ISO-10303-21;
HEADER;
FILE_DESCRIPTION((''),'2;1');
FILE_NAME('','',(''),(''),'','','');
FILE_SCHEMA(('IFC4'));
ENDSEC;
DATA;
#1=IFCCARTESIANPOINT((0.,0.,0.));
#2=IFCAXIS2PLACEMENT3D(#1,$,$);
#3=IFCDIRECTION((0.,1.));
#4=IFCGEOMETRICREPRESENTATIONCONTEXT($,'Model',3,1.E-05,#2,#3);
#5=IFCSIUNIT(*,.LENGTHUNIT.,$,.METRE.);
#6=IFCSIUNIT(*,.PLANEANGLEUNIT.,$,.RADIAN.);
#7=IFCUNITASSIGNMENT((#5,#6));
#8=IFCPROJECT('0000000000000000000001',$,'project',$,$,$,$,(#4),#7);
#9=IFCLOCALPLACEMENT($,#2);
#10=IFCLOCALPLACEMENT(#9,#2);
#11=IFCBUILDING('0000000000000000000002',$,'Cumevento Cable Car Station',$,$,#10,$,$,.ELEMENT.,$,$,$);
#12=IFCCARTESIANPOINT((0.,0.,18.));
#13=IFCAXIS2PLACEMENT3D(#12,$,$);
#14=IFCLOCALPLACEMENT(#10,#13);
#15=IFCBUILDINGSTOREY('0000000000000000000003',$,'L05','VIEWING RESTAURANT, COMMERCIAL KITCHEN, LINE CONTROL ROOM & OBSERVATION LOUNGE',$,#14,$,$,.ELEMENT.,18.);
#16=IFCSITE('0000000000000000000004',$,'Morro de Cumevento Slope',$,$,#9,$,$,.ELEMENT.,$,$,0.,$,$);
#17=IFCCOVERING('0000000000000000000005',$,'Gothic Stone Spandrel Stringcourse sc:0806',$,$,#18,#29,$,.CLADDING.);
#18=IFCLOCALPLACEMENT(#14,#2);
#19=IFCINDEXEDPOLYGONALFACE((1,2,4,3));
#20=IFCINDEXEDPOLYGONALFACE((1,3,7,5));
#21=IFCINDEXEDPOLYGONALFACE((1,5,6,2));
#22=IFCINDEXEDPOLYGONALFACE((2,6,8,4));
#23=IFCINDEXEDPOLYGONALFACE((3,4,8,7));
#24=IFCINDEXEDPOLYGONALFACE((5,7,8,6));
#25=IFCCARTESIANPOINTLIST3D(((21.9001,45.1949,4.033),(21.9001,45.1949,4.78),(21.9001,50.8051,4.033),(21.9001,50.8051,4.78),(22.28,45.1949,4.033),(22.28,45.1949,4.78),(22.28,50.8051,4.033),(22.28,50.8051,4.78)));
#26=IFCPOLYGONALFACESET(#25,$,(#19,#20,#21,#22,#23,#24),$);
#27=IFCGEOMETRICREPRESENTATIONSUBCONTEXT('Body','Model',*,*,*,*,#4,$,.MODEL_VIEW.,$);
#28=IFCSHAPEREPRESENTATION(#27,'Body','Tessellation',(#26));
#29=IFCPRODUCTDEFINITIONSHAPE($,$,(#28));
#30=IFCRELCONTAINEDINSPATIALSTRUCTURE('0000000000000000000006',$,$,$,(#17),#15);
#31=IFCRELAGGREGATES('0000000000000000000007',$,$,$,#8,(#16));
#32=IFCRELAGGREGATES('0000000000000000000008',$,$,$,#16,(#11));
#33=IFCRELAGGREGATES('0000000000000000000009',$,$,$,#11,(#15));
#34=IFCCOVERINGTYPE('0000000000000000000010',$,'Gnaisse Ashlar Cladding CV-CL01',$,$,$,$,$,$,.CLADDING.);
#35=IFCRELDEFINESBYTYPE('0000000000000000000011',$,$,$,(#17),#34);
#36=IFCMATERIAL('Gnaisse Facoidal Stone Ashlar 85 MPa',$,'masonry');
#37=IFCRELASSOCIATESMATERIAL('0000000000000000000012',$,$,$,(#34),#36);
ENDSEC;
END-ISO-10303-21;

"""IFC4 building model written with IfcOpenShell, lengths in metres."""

from ifc_helpers import new_model, si_unit, direction, frame, origin, origin_2d, place, context, subcontext, project, spatial, rectangle, extrude, material, type_object, element, save


model = new_model("IFC4")

# Units and contexts
model_context = context("Model", 3, precision=1e-05, world=origin(), true_north=direction((0.0, 1.0)))
body_context = subcontext(model_context, "Body", "Model", "MODEL_VIEW")
ifc_project = project(units=[si_unit("LENGTHUNIT", "METRE"), si_unit("PLANEANGLEUNIT", "RADIAN")], contexts=[model_context])

# Site, building, storey
site_placement = place(None, origin())
site = spatial("IfcSite", under=ifc_project, at=site_placement, Name="Morro de Cumevento Slope", CompositionType="ELEMENT", RefElevation=0.0)
building_placement = place(site_placement, origin())
building = spatial("IfcBuilding", under=site, at=building_placement, Name="Cumevento Cable Car Station", CompositionType="ELEMENT")
storey_placement = place(building_placement, frame((0.0, 0.0, 18.0)))
storey = spatial("IfcBuildingStorey", under=building, at=storey_placement, Name="L05", Description="VIEWING RESTAURANT, COMMERCIAL KITCHEN, LINE CONTROL ROOM & OBSERVATION LOUNGE", CompositionType="ELEMENT", Elevation=18.0)

# Covering
ifc_material_1 = material(Name="Gnaisse Facoidal Stone Ashlar 85 MPa", Category="masonry")
covering_type = type_object("IfcCoveringType", Name="Gnaisse Ashlar Cladding CV-CL01", PredefinedType="CLADDING", material=ifc_material_1)
covering_1_placement = place(storey_placement, frame((22.0901, 48.0, 4.033), z_axis=(0.0, 0.0, 1.0), x_axis=(0.0, 1.0, 0.0)))
element("IfcCovering", 1, at=covering_1_placement, inside=storey, type_object=covering_type, Name="Gothic Stone Spandrel Stringcourse sc:0806", PredefinedType="CLADDING", context=body_context, shape_type="SweptSolid", body=[
    extrude(rectangle(XDim=5.6101, YDim=0.3799, at=origin_2d()), origin(), (0.0, 0.0, 1.0), 0.7471),
])

save(model, "model.ifc")
